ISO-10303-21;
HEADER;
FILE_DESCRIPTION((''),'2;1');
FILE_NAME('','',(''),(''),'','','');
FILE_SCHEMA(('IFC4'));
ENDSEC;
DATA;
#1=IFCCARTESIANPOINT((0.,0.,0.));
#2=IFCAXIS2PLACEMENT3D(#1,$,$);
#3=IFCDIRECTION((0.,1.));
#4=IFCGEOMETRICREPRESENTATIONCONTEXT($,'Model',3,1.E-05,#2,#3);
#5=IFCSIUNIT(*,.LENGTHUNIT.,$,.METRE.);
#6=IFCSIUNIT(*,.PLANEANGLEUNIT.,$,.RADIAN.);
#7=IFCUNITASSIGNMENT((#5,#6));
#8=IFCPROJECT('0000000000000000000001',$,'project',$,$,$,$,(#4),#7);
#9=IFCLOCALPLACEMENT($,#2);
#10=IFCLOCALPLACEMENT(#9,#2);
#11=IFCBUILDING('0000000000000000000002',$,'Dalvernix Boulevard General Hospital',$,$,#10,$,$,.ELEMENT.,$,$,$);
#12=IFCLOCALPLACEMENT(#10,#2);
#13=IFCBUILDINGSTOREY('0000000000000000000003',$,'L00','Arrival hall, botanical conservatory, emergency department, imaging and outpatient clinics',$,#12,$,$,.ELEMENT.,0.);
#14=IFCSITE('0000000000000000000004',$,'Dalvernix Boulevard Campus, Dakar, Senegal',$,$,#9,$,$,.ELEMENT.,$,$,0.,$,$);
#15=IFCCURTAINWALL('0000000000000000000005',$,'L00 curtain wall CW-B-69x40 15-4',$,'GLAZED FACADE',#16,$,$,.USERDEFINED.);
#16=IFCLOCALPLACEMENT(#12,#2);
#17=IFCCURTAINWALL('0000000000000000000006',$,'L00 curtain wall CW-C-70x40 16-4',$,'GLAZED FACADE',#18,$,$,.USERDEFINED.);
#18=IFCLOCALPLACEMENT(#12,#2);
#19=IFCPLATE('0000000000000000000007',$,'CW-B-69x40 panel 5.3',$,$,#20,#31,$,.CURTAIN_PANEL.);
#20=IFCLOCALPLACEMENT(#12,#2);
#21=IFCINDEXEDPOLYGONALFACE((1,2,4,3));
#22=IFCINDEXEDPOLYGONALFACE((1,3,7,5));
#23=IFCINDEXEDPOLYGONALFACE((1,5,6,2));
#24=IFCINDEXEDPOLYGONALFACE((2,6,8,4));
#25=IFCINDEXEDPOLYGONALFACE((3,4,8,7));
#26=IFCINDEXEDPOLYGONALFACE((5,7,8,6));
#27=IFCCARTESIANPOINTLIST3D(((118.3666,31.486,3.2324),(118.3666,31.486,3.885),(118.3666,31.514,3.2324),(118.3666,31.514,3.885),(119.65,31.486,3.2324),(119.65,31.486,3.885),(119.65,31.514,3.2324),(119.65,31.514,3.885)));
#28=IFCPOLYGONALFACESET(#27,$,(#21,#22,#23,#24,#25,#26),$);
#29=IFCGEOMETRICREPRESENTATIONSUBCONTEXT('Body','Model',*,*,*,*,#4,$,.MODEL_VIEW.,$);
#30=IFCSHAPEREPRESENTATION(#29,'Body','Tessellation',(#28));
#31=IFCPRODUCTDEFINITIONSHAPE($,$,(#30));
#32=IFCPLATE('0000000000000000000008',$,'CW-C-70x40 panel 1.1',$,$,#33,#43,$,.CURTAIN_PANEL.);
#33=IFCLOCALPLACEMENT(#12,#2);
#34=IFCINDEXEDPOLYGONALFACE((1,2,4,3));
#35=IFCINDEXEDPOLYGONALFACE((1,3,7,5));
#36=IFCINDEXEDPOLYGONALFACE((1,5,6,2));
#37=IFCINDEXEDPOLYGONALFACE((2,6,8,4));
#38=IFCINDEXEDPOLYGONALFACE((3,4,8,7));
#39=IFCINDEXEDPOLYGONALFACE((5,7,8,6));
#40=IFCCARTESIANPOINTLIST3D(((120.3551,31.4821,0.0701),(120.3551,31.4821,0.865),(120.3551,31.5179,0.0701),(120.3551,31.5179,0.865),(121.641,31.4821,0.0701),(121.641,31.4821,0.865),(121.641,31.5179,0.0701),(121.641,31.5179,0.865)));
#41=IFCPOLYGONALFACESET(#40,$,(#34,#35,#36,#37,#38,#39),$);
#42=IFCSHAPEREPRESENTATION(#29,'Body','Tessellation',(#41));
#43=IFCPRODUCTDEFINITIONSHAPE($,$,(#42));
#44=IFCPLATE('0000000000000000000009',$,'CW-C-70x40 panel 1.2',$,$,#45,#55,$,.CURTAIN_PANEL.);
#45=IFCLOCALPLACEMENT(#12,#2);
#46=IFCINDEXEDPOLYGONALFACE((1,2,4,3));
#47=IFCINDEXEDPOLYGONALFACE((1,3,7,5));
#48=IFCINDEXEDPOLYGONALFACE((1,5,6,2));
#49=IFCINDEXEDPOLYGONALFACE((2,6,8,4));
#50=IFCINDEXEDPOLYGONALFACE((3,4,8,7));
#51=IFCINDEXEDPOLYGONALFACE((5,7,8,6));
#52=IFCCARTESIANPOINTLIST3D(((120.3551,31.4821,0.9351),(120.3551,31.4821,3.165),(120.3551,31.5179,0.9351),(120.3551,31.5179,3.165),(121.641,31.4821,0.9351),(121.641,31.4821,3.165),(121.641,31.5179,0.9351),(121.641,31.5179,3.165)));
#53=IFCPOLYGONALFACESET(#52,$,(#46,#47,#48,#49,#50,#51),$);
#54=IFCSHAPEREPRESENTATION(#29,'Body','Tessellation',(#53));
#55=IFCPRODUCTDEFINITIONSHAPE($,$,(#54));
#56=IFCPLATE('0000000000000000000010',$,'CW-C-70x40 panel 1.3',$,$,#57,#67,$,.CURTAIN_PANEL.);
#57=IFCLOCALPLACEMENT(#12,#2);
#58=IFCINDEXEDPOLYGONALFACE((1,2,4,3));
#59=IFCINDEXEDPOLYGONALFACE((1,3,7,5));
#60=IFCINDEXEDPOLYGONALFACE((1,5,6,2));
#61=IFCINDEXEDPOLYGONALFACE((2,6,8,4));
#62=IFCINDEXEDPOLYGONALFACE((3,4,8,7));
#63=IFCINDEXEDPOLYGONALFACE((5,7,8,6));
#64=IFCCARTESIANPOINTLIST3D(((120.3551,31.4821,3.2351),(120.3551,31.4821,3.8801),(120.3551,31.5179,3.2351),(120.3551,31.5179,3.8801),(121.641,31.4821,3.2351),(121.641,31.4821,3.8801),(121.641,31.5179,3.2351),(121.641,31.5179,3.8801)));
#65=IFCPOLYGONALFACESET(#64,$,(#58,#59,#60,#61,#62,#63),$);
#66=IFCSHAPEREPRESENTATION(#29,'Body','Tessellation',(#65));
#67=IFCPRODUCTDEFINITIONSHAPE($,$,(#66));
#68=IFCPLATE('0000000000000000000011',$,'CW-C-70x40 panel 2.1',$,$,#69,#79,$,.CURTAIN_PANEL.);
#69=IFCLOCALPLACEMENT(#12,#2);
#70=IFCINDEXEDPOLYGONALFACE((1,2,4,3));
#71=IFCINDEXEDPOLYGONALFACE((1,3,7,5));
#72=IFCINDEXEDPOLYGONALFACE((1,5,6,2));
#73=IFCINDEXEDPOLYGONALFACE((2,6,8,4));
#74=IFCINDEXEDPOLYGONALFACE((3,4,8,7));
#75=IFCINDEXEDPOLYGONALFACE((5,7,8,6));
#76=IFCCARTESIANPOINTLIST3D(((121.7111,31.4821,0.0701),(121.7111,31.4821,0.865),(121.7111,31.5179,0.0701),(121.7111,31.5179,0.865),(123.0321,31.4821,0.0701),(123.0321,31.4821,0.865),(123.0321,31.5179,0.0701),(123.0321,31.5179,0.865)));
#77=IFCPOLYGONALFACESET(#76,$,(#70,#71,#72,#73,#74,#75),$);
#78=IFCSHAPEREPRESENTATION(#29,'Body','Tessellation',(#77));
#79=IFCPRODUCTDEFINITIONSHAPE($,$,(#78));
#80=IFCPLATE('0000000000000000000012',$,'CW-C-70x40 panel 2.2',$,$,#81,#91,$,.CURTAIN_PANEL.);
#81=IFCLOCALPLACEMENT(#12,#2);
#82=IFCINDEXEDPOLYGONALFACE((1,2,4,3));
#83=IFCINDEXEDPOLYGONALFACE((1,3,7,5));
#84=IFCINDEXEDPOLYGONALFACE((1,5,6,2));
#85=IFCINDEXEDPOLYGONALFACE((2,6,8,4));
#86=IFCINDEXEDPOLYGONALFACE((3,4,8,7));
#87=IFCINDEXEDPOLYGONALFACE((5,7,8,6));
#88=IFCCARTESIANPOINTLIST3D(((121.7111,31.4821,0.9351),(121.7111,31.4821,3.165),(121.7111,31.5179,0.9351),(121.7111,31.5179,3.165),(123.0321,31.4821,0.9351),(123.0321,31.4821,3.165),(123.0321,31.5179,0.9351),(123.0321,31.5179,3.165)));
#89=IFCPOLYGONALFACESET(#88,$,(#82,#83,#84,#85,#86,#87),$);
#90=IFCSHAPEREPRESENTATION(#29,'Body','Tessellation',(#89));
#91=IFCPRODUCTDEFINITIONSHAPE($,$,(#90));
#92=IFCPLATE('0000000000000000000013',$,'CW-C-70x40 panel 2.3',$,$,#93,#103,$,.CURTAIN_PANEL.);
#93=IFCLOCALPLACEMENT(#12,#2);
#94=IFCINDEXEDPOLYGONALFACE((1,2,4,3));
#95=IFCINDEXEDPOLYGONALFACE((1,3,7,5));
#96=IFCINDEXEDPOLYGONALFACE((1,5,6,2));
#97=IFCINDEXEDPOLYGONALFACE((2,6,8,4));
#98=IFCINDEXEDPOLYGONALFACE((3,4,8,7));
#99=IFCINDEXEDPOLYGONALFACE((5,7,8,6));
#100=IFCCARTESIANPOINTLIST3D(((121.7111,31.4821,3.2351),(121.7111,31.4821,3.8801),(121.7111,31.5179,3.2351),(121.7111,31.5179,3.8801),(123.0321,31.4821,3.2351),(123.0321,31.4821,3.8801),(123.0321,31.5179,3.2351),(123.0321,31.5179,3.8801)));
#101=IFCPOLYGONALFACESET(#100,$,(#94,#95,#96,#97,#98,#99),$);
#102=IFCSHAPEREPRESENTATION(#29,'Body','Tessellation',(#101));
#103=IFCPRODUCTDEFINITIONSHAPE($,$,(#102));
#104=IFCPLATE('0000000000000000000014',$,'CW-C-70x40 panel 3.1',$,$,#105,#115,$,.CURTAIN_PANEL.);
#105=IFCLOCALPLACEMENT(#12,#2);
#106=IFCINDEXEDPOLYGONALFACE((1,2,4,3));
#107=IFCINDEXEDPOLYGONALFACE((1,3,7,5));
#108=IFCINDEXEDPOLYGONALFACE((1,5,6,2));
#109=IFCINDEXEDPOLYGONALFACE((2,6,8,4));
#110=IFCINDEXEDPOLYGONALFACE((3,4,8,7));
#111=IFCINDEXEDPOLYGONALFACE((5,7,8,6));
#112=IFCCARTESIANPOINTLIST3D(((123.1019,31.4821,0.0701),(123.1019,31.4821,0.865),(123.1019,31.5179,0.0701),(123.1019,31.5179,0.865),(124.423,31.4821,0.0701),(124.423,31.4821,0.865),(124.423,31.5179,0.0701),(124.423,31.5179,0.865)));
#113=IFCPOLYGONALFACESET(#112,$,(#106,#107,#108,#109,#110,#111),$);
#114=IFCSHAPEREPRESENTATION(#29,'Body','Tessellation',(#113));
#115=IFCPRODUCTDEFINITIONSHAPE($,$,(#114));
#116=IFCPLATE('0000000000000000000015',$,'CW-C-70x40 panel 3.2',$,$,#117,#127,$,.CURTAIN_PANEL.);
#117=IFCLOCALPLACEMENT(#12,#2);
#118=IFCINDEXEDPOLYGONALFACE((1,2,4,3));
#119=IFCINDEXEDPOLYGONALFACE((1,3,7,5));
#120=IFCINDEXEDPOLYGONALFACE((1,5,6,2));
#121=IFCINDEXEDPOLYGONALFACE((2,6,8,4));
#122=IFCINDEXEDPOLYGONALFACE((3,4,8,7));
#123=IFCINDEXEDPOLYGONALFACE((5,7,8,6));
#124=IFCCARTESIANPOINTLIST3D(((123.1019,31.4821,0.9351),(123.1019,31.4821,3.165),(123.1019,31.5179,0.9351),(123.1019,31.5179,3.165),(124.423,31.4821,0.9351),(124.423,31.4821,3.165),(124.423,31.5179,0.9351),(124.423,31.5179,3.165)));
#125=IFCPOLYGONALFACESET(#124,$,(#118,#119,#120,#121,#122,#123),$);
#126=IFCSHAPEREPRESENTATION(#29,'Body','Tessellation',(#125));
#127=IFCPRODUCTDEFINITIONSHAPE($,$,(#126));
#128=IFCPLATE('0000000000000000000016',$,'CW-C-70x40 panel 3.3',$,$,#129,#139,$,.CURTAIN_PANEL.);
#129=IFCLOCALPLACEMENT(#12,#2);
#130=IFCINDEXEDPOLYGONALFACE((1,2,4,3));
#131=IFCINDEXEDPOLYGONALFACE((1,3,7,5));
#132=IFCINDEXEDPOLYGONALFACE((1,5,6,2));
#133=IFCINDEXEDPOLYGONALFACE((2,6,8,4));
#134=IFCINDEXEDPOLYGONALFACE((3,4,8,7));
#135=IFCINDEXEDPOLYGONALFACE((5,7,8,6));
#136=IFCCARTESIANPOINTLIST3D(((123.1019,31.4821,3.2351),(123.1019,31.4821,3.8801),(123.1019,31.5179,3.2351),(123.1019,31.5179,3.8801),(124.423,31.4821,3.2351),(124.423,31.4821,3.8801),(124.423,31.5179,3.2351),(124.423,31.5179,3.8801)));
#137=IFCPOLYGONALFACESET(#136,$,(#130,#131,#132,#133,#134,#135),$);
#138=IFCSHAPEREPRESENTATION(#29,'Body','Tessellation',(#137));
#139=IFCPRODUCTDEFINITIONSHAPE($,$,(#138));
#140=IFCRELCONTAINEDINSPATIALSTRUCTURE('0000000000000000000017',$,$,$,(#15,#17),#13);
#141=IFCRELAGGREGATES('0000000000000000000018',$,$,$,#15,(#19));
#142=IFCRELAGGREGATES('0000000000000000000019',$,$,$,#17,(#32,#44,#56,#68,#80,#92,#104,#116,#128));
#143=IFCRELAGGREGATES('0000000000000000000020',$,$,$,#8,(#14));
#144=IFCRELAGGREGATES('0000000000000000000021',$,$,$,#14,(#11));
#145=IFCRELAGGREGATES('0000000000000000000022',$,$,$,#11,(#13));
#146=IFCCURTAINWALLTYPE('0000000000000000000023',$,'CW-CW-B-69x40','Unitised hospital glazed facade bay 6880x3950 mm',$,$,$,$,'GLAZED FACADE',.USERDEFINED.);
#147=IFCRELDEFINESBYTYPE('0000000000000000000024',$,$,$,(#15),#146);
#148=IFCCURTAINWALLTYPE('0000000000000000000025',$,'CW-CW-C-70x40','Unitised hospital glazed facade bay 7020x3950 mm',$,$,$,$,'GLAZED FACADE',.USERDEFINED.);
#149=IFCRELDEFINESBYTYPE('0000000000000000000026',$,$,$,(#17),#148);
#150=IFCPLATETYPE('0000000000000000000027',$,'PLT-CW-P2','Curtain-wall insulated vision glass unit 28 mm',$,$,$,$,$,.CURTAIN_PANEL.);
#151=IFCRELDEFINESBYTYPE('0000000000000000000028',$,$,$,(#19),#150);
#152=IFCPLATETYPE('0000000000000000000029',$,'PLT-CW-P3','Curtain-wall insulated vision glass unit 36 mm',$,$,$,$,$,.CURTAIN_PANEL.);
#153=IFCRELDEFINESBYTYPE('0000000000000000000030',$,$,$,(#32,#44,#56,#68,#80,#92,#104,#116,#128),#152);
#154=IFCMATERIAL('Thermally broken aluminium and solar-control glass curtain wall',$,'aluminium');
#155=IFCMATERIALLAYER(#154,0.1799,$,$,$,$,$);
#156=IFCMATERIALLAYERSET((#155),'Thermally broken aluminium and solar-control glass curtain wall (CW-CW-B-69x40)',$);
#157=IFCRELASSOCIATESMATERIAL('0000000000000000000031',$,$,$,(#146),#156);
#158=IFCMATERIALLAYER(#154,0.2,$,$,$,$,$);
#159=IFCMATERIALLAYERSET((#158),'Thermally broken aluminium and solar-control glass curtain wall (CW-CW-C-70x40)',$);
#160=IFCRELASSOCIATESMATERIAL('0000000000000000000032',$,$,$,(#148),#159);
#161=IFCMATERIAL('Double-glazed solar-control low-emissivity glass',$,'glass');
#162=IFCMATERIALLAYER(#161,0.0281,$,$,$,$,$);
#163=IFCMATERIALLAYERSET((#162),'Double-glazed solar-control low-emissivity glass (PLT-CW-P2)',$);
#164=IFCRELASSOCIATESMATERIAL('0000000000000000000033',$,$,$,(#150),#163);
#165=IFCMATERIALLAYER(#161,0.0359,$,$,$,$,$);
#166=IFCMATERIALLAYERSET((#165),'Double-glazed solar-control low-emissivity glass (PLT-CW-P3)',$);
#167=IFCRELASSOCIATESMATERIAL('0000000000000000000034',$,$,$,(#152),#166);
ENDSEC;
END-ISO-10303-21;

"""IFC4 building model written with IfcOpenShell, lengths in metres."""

from ifc_helpers import new_model, si_unit, direction, frame, origin, origin_2d, place, context, subcontext, project, spatial, rectangle, extrude, material, layer, layer_set, type_object, element, aggregate, save


model = new_model("IFC4")

# Units and contexts
model_context = context("Model", 3, precision=1e-05, world=origin(), true_north=direction((0.0, 1.0)))
body_context = subcontext(model_context, "Body", "Model", "MODEL_VIEW")
ifc_project = project(units=[si_unit("LENGTHUNIT", "METRE"), si_unit("PLANEANGLEUNIT", "RADIAN")], contexts=[model_context])

# Site, building, storey
site_placement = place(None, origin())
site = spatial("IfcSite", under=ifc_project, at=site_placement, Name="Dalvernix Boulevard Campus, Dakar, Senegal", CompositionType="ELEMENT", RefElevation=0.0)
building_placement = place(site_placement, origin())
building = spatial("IfcBuilding", under=site, at=building_placement, Name="Dalvernix Boulevard General Hospital", CompositionType="ELEMENT")
storey_placement = place(building_placement, origin())
storey = spatial("IfcBuildingStorey", under=building, at=storey_placement, Name="L00", Description="Arrival hall, botanical conservatory, emergency department, imaging and outpatient clinics", CompositionType="ELEMENT", Elevation=0.0)

# Curtain wall
ifc_material_1 = material(Name="Thermally broken aluminium and solar-control glass curtain wall", Category="aluminium")
ifc_layer_1 = layer(ifc_material_1, 0.1799)
ifc_layer_set_1 = layer_set([ifc_layer_1], Name="Thermally broken aluminium and solar-control glass curtain wall (CW-CW-B-69x40)")
curtain_wall_type_1 = type_object("IfcCurtainWallType", Name="CW-CW-B-69x40", Description="Unitised hospital glazed facade bay 6880x3950 mm", ElementType="GLAZED FACADE", PredefinedType="USERDEFINED", material=ifc_layer_set_1)
curtain_wall_1_placement = place(storey_placement, origin())
curtain_wall_1 = element("IfcCurtainWall", 1, at=curtain_wall_1_placement, inside=storey, type_object=curtain_wall_type_1, Name="L00 curtain wall CW-B-69x40 15-4", ObjectType="GLAZED FACADE", PredefinedType="USERDEFINED")

# Curtain wall
ifc_layer_2 = layer(ifc_material_1, 0.2)
ifc_layer_set_2 = layer_set([ifc_layer_2], Name="Thermally broken aluminium and solar-control glass curtain wall (CW-CW-C-70x40)")
curtain_wall_type_2 = type_object("IfcCurtainWallType", Name="CW-CW-C-70x40", Description="Unitised hospital glazed facade bay 7020x3950 mm", ElementType="GLAZED FACADE", PredefinedType="USERDEFINED", material=ifc_layer_set_2)
curtain_wall_2_placement = place(storey_placement, origin())
curtain_wall_2 = element("IfcCurtainWall", 2, at=curtain_wall_2_placement, inside=storey, type_object=curtain_wall_type_2, Name="L00 curtain wall CW-C-70x40 16-4", ObjectType="GLAZED FACADE", PredefinedType="USERDEFINED")

# Plates
ifc_material_2 = material(Name="Double-glazed solar-control low-emissivity glass", Category="glass")
ifc_layer_3 = layer(ifc_material_2, 0.0281)
ifc_layer_set_3 = layer_set([ifc_layer_3], Name="Double-glazed solar-control low-emissivity glass (PLT-CW-P2)")
plate_type_1 = type_object("IfcPlateType", Name="PLT-CW-P2", Description="Curtain-wall insulated vision glass unit 28 mm", PredefinedType="CURTAIN_PANEL", material=ifc_layer_set_3)
plate_1_placement = place(storey_placement, frame((119.0083, 31.5, 3.2324), z_axis=(0.0, 0.0, 1.0), x_axis=(1.0, 0.0, 0.0)))
plate_1 = element("IfcPlate", 3, at=plate_1_placement, type_object=plate_type_1, Name="CW-B-69x40 panel 5.3", PredefinedType="CURTAIN_PANEL", context=body_context, shape_type="SweptSolid", body=[
    extrude(rectangle(XDim=1.2834, YDim=0.0281, at=origin_2d()), origin(), (0.0, 0.0, 1.0), 0.6526),
])
aggregate(curtain_wall_1, [plate_1])
ifc_layer_4 = layer(ifc_material_2, 0.0359)
ifc_layer_set_4 = layer_set([ifc_layer_4], Name="Double-glazed solar-control low-emissivity glass (PLT-CW-P3)")
plate_type_2 = type_object("IfcPlateType", Name="PLT-CW-P3", Description="Curtain-wall insulated vision glass unit 36 mm", PredefinedType="CURTAIN_PANEL", material=ifc_layer_set_4)
plate_2_placement = place(storey_placement, frame((120.998, 31.5, 0.0701), z_axis=(0.0, 0.0, 1.0), x_axis=(1.0, 0.0, 0.0)))
plate_2 = element("IfcPlate", 4, at=plate_2_placement, type_object=plate_type_2, Name="CW-C-70x40 panel 1.1", PredefinedType="CURTAIN_PANEL", context=body_context, shape_type="SweptSolid", body=[
    extrude(rectangle(XDim=1.2859, YDim=0.0359, at=origin_2d()), origin(), (0.0, 0.0, 1.0), 0.7949),
])
plate_3_placement = place(storey_placement, frame((120.998, 31.5, 0.9351), z_axis=(0.0, 0.0, 1.0), x_axis=(1.0, 0.0, 0.0)))
plate_3 = element("IfcPlate", 5, at=plate_3_placement, type_object=plate_type_2, Name="CW-C-70x40 panel 1.2", PredefinedType="CURTAIN_PANEL", context=body_context, shape_type="SweptSolid", body=[
    extrude(rectangle(XDim=1.2859, YDim=0.0359, at=origin_2d()), origin(), (0.0, 0.0, 1.0), 2.23),
])
plate_4_placement = place(storey_placement, frame((120.998, 31.5, 3.2351), z_axis=(0.0, 0.0, 1.0), x_axis=(1.0, 0.0, 0.0)))
plate_4 = element("IfcPlate", 6, at=plate_4_placement, type_object=plate_type_2, Name="CW-C-70x40 panel 1.3", PredefinedType="CURTAIN_PANEL", context=body_context, shape_type="SweptSolid", body=[
    extrude(rectangle(XDim=1.2859, YDim=0.0359, at=origin_2d()), origin(), (0.0, 0.0, 1.0), 0.645),
])
plate_5_placement = place(storey_placement, frame((122.3716, 31.5, 0.0701), z_axis=(0.0, 0.0, 1.0), x_axis=(1.0, 0.0, 0.0)))
plate_5 = element("IfcPlate", 7, at=plate_5_placement, type_object=plate_type_2, Name="CW-C-70x40 panel 2.1", PredefinedType="CURTAIN_PANEL", context=body_context, shape_type="SweptSolid", body=[
    extrude(rectangle(XDim=1.321, YDim=0.0359, at=origin_2d()), origin(), (0.0, 0.0, 1.0), 0.7949),
])
plate_6_placement = place(storey_placement, frame((122.3716, 31.5, 0.9351), z_axis=(0.0, 0.0, 1.0), x_axis=(1.0, 0.0, 0.0)))
plate_6 = element("IfcPlate", 8, at=plate_6_placement, type_object=plate_type_2, Name="CW-C-70x40 panel 2.2", PredefinedType="CURTAIN_PANEL", context=body_context, shape_type="SweptSolid", body=[
    extrude(rectangle(XDim=1.321, YDim=0.0359, at=origin_2d()), origin(), (0.0, 0.0, 1.0), 2.23),
])
plate_7_placement = place(storey_placement, frame((122.3716, 31.5, 3.2351), z_axis=(0.0, 0.0, 1.0), x_axis=(1.0, 0.0, 0.0)))
plate_7 = element("IfcPlate", 9, at=plate_7_placement, type_object=plate_type_2, Name="CW-C-70x40 panel 2.3", PredefinedType="CURTAIN_PANEL", context=body_context, shape_type="SweptSolid", body=[
    extrude(rectangle(XDim=1.321, YDim=0.0359, at=origin_2d()), origin(), (0.0, 0.0, 1.0), 0.645),
])
plate_8_placement = place(storey_placement, frame((123.7625, 31.5, 0.0701), z_axis=(0.0, 0.0, 1.0), x_axis=(1.0, 0.0, 0.0)))
plate_8 = element("IfcPlate", 10, at=plate_8_placement, type_object=plate_type_2, Name="CW-C-70x40 panel 3.1", PredefinedType="CURTAIN_PANEL", context=body_context, shape_type="SweptSolid", body=[
    extrude(rectangle(XDim=1.321, YDim=0.0359, at=origin_2d()), origin(), (0.0, 0.0, 1.0), 0.7949),
])
plate_9_placement = place(storey_placement, frame((123.7625, 31.5, 0.9351), z_axis=(0.0, 0.0, 1.0), x_axis=(1.0, 0.0, 0.0)))
plate_9 = element("IfcPlate", 11, at=plate_9_placement, type_object=plate_type_2, Name="CW-C-70x40 panel 3.2", PredefinedType="CURTAIN_PANEL", context=body_context, shape_type="SweptSolid", body=[
    extrude(rectangle(XDim=1.321, YDim=0.0359, at=origin_2d()), origin(), (0.0, 0.0, 1.0), 2.23),
])
plate_10_placement = place(storey_placement, frame((123.7625, 31.5, 3.2351), z_axis=(0.0, 0.0, 1.0), x_axis=(1.0, 0.0, 0.0)))
plate_10 = element("IfcPlate", 12, at=plate_10_placement, type_object=plate_type_2, Name="CW-C-70x40 panel 3.3", PredefinedType="CURTAIN_PANEL", context=body_context, shape_type="SweptSolid", body=[
    extrude(rectangle(XDim=1.321, YDim=0.0359, at=origin_2d()), origin(), (0.0, 0.0, 1.0), 0.645),
])
aggregate(curtain_wall_2, [plate_2, plate_3, plate_4, plate_5, plate_6, plate_7, plate_8, plate_9, plate_10])

save(model, "model.ifc")
